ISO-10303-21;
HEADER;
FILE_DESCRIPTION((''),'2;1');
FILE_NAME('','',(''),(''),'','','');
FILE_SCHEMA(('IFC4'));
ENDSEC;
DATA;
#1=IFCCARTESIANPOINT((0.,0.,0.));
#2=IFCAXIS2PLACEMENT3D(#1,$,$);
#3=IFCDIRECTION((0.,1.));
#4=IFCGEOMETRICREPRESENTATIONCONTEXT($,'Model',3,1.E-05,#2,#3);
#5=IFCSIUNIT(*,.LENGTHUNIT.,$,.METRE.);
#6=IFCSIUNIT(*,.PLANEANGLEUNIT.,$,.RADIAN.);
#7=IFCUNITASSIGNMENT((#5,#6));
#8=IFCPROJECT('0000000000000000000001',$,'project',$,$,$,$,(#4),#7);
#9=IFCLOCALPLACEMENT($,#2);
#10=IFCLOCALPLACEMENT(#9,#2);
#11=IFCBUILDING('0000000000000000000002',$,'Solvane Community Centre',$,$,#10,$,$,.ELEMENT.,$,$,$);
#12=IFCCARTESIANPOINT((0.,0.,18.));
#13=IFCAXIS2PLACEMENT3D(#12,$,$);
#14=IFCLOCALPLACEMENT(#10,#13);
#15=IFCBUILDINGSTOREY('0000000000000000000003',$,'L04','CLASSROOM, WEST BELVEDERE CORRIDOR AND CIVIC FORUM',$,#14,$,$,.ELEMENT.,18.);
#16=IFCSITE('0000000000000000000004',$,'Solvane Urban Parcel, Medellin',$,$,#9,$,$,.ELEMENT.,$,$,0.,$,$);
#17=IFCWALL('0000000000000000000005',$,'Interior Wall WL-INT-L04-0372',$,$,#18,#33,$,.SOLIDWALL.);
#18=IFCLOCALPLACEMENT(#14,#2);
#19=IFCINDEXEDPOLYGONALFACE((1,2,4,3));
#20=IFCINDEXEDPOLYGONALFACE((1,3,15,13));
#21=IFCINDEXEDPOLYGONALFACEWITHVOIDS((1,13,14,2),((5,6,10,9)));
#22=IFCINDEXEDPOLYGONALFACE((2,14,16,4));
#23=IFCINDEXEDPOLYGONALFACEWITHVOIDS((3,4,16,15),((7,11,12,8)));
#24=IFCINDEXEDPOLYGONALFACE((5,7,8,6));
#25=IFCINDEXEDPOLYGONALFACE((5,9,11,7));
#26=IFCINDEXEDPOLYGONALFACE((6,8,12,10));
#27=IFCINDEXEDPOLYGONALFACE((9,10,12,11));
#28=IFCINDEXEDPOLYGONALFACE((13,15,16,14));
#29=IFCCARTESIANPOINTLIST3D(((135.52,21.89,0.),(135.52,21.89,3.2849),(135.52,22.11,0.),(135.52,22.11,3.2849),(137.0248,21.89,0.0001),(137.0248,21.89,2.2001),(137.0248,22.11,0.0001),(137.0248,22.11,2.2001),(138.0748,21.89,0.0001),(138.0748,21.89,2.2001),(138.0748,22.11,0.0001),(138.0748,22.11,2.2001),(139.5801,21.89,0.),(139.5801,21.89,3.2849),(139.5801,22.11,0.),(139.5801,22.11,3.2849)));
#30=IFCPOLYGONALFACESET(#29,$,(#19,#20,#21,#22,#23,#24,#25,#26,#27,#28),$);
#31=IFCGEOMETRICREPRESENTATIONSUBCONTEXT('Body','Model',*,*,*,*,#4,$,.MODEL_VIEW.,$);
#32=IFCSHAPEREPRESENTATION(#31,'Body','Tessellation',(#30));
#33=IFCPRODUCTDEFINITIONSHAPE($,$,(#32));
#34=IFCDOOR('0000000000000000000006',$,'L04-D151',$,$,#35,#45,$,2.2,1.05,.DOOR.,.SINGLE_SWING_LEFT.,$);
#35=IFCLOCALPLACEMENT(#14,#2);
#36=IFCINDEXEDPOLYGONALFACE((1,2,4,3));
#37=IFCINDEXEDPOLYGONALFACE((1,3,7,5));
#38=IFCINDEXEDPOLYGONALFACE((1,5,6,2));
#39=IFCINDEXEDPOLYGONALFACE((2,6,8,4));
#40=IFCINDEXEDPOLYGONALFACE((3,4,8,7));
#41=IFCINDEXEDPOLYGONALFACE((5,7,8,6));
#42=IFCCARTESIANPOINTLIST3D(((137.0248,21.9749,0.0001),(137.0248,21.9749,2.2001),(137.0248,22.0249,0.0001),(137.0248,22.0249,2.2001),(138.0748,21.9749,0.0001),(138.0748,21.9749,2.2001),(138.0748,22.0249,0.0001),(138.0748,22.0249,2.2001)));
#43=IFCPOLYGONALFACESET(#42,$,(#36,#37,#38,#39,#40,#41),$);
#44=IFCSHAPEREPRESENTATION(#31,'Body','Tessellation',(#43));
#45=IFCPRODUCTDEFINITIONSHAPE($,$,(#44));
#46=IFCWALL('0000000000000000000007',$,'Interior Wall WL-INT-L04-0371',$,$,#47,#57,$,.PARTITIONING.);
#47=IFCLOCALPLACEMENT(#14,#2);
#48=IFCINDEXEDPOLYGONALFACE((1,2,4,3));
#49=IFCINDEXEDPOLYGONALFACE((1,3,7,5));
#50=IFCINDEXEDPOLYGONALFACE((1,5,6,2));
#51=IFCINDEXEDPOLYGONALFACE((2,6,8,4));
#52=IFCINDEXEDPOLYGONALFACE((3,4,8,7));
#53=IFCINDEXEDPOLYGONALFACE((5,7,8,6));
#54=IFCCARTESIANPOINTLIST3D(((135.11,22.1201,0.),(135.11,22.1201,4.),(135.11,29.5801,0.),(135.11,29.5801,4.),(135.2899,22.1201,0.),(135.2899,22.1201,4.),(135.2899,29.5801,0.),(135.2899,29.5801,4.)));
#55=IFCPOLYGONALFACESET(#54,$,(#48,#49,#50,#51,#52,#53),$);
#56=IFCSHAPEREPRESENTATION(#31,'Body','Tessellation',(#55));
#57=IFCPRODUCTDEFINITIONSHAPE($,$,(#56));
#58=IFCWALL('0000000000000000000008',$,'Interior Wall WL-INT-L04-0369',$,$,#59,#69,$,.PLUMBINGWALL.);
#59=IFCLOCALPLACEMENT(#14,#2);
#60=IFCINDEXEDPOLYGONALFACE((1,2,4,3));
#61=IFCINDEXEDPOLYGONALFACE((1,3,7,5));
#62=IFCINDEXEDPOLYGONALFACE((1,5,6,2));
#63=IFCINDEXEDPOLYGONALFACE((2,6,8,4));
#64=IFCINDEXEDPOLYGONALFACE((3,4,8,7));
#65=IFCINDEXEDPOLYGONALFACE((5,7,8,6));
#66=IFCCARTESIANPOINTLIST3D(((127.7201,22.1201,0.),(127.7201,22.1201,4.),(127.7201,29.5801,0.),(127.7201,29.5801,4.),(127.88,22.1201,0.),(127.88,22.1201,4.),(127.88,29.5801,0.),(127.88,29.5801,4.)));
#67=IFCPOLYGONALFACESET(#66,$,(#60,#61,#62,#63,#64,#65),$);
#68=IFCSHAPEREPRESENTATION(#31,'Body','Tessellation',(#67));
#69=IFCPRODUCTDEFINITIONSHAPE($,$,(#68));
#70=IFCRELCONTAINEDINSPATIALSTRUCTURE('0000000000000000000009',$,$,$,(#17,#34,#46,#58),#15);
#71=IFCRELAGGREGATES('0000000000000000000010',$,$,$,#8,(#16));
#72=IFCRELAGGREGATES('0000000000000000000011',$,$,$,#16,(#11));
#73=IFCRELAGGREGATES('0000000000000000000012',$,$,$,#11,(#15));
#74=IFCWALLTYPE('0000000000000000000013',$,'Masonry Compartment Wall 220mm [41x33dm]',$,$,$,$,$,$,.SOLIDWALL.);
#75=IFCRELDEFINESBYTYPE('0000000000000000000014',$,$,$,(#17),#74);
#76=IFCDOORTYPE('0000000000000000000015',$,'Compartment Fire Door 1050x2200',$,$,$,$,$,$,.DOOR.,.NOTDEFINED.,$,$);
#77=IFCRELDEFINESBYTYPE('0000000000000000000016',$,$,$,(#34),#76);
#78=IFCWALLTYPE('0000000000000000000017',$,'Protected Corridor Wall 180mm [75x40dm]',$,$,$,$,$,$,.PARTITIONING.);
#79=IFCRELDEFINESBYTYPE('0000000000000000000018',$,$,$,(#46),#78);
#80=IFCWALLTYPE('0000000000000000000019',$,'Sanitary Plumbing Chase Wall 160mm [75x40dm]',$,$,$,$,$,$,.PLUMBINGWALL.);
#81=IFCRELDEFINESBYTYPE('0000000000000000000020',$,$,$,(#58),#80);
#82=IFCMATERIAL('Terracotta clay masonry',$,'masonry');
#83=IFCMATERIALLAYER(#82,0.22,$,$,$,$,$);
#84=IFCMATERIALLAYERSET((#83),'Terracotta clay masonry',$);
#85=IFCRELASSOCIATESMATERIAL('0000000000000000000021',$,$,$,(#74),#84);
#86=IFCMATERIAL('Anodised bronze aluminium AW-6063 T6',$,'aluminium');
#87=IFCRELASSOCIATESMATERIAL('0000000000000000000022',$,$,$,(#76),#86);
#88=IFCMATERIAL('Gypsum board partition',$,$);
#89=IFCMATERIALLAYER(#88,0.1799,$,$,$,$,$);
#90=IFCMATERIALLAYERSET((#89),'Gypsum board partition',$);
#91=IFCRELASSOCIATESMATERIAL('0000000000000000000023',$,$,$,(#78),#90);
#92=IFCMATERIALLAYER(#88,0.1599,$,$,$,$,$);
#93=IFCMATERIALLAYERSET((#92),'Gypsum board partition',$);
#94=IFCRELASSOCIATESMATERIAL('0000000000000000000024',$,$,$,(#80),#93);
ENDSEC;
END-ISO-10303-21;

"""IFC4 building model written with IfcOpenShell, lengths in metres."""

from ifc_helpers import new_model, si_unit, direction, frame, frame_2d, origin, place, context, subcontext, project, spatial, rectangle, extrude, material, layer, layer_set, type_object, element, fill, save


model = new_model("IFC4")

# Units and contexts
model_context = context("Model", 3, precision=1e-05, world=origin(), true_north=direction((0.0, 1.0)))
body_context = subcontext(model_context, "Body", "Model", "MODEL_VIEW")
ifc_project = project(units=[si_unit("LENGTHUNIT", "METRE"), si_unit("PLANEANGLEUNIT", "RADIAN")], contexts=[model_context])

# Site, building, storey
site_placement = place(None, origin())
site = spatial("IfcSite", under=ifc_project, at=site_placement, Name="Solvane Urban Parcel, Medellin", CompositionType="ELEMENT", RefElevation=0.0)
building_placement = place(site_placement, origin())
building = spatial("IfcBuilding", under=site, at=building_placement, Name="Solvane Community Centre", CompositionType="ELEMENT")
storey_placement = place(building_placement, frame((0.0, 0.0, 18.0)))
storey = spatial("IfcBuildingStorey", under=building, at=storey_placement, Name="L04", Description="CLASSROOM, WEST BELVEDERE CORRIDOR AND CIVIC FORUM", CompositionType="ELEMENT", Elevation=18.0)

# Shared definitions
ifc_material_1 = material(Name="Anodised bronze aluminium AW-6063 T6", Category="aluminium")

# Wall, opening, door
ifc_material_2 = material(Name="Terracotta clay masonry", Category="masonry")
ifc_layer_1 = layer(ifc_material_2, 0.22)
ifc_layer_set_1 = layer_set([ifc_layer_1], Name="Terracotta clay masonry")
wall_type_1 = type_object("IfcWallType", Name="Masonry Compartment Wall 220mm [41x33dm]", PredefinedType="SOLIDWALL", material=ifc_layer_set_1)
wall_1_placement = place(storey_placement, frame((135.52, 22.0, 0.0), z_axis=(0.0, 0.0, 1.0), x_axis=(1.0, 0.0, 0.0)))
wall_1 = element("IfcWall", 1, at=wall_1_placement, inside=storey, type_object=wall_type_1, Name="Interior Wall WL-INT-L04-0372", PredefinedType="SOLIDWALL", context=body_context, shape_type="SweptSolid", body=[
    extrude(rectangle(XDim=4.0601, YDim=0.22, at=frame_2d((2.03, 0.0))), origin(), (0.0, 0.0, 1.0), 3.2849),
])
opening_1_placement = place(wall_1_placement, frame((1.5049, 0.0, 0.0)))
opening_1 = element("IfcOpeningElement", 2, at=opening_1_placement, cuts=wall_1, PredefinedType="OPENING", context=body_context, shape_type="SweptSolid", body=[
    extrude(rectangle(XDim=1.05, YDim=2.2, at=frame_2d((0.5249, 1.1001))), frame((0.0, 0.1199, 0.0), z_axis=(0.0, -1.0, 0.0), x_axis=(1.0, 0.0, 0.0)), (0.0, 0.0, 1.0), 0.24),
])
door_type_1 = type_object("IfcDoorType", Name="Compartment Fire Door 1050x2200", OperationType="NOTDEFINED", PredefinedType="DOOR", material=ifc_material_1)
door_1_placement = place(opening_1_placement, origin())
door_1 = element("IfcDoor", 3, at=door_1_placement, inside=storey, type_object=door_type_1, Name="L04-D151", OperationType="SINGLE_SWING_LEFT", OverallHeight=2.2, OverallWidth=1.05, PredefinedType="DOOR", context=body_context, shape_type="SweptSolid", body=[
    extrude(rectangle(XDim=1.05, YDim=2.2, at=frame_2d((0.5249, 1.1001))), frame((0.0, 0.0249, 0.0), z_axis=(0.0, -1.0, 0.0), x_axis=(1.0, 0.0, 0.0)), (0.0, 0.0, 1.0), 0.05),
])
fill(opening_1, door_1)

# Walls
ifc_material_3 = material(Name="Gypsum board partition")
ifc_layer_2 = layer(ifc_material_3, 0.1799)
ifc_layer_set_2 = layer_set([ifc_layer_2], Name="Gypsum board partition")
wall_type_2 = type_object("IfcWallType", Name="Protected Corridor Wall 180mm [75x40dm]", PredefinedType="PARTITIONING", material=ifc_layer_set_2)
wall_2_placement = place(storey_placement, frame((135.2, 22.1201, 0.0), z_axis=(0.0, 0.0, 1.0), x_axis=(0.0, 1.0, 0.0)))
element("IfcWall", 4, at=wall_2_placement, inside=storey, type_object=wall_type_2, Name="Interior Wall WL-INT-L04-0371", PredefinedType="PARTITIONING", context=body_context, shape_type="SweptSolid", body=[
    extrude(rectangle(XDim=7.46, YDim=0.1799, at=frame_2d((3.73, 0.0))), origin(), (0.0, 0.0, 1.0), 4.0),
])
ifc_layer_3 = layer(ifc_material_3, 0.1599)
ifc_layer_set_3 = layer_set([ifc_layer_3], Name="Gypsum board partition")
wall_type_3 = type_object("IfcWallType", Name="Sanitary Plumbing Chase Wall 160mm [75x40dm]", PredefinedType="PLUMBINGWALL", material=ifc_layer_set_3)
wall_3_placement = place(storey_placement, frame((127.8, 22.1201, 0.0), z_axis=(0.0, 0.0, 1.0), x_axis=(0.0, 1.0, 0.0)))
element("IfcWall", 5, at=wall_3_placement, inside=storey, type_object=wall_type_3, Name="Interior Wall WL-INT-L04-0369", PredefinedType="PLUMBINGWALL", context=body_context, shape_type="SweptSolid", body=[
    extrude(rectangle(XDim=7.46, YDim=0.1599, at=frame_2d((3.73, 0.0))), origin(), (0.0, 0.0, 1.0), 4.0),
])

save(model, "model.ifc")
